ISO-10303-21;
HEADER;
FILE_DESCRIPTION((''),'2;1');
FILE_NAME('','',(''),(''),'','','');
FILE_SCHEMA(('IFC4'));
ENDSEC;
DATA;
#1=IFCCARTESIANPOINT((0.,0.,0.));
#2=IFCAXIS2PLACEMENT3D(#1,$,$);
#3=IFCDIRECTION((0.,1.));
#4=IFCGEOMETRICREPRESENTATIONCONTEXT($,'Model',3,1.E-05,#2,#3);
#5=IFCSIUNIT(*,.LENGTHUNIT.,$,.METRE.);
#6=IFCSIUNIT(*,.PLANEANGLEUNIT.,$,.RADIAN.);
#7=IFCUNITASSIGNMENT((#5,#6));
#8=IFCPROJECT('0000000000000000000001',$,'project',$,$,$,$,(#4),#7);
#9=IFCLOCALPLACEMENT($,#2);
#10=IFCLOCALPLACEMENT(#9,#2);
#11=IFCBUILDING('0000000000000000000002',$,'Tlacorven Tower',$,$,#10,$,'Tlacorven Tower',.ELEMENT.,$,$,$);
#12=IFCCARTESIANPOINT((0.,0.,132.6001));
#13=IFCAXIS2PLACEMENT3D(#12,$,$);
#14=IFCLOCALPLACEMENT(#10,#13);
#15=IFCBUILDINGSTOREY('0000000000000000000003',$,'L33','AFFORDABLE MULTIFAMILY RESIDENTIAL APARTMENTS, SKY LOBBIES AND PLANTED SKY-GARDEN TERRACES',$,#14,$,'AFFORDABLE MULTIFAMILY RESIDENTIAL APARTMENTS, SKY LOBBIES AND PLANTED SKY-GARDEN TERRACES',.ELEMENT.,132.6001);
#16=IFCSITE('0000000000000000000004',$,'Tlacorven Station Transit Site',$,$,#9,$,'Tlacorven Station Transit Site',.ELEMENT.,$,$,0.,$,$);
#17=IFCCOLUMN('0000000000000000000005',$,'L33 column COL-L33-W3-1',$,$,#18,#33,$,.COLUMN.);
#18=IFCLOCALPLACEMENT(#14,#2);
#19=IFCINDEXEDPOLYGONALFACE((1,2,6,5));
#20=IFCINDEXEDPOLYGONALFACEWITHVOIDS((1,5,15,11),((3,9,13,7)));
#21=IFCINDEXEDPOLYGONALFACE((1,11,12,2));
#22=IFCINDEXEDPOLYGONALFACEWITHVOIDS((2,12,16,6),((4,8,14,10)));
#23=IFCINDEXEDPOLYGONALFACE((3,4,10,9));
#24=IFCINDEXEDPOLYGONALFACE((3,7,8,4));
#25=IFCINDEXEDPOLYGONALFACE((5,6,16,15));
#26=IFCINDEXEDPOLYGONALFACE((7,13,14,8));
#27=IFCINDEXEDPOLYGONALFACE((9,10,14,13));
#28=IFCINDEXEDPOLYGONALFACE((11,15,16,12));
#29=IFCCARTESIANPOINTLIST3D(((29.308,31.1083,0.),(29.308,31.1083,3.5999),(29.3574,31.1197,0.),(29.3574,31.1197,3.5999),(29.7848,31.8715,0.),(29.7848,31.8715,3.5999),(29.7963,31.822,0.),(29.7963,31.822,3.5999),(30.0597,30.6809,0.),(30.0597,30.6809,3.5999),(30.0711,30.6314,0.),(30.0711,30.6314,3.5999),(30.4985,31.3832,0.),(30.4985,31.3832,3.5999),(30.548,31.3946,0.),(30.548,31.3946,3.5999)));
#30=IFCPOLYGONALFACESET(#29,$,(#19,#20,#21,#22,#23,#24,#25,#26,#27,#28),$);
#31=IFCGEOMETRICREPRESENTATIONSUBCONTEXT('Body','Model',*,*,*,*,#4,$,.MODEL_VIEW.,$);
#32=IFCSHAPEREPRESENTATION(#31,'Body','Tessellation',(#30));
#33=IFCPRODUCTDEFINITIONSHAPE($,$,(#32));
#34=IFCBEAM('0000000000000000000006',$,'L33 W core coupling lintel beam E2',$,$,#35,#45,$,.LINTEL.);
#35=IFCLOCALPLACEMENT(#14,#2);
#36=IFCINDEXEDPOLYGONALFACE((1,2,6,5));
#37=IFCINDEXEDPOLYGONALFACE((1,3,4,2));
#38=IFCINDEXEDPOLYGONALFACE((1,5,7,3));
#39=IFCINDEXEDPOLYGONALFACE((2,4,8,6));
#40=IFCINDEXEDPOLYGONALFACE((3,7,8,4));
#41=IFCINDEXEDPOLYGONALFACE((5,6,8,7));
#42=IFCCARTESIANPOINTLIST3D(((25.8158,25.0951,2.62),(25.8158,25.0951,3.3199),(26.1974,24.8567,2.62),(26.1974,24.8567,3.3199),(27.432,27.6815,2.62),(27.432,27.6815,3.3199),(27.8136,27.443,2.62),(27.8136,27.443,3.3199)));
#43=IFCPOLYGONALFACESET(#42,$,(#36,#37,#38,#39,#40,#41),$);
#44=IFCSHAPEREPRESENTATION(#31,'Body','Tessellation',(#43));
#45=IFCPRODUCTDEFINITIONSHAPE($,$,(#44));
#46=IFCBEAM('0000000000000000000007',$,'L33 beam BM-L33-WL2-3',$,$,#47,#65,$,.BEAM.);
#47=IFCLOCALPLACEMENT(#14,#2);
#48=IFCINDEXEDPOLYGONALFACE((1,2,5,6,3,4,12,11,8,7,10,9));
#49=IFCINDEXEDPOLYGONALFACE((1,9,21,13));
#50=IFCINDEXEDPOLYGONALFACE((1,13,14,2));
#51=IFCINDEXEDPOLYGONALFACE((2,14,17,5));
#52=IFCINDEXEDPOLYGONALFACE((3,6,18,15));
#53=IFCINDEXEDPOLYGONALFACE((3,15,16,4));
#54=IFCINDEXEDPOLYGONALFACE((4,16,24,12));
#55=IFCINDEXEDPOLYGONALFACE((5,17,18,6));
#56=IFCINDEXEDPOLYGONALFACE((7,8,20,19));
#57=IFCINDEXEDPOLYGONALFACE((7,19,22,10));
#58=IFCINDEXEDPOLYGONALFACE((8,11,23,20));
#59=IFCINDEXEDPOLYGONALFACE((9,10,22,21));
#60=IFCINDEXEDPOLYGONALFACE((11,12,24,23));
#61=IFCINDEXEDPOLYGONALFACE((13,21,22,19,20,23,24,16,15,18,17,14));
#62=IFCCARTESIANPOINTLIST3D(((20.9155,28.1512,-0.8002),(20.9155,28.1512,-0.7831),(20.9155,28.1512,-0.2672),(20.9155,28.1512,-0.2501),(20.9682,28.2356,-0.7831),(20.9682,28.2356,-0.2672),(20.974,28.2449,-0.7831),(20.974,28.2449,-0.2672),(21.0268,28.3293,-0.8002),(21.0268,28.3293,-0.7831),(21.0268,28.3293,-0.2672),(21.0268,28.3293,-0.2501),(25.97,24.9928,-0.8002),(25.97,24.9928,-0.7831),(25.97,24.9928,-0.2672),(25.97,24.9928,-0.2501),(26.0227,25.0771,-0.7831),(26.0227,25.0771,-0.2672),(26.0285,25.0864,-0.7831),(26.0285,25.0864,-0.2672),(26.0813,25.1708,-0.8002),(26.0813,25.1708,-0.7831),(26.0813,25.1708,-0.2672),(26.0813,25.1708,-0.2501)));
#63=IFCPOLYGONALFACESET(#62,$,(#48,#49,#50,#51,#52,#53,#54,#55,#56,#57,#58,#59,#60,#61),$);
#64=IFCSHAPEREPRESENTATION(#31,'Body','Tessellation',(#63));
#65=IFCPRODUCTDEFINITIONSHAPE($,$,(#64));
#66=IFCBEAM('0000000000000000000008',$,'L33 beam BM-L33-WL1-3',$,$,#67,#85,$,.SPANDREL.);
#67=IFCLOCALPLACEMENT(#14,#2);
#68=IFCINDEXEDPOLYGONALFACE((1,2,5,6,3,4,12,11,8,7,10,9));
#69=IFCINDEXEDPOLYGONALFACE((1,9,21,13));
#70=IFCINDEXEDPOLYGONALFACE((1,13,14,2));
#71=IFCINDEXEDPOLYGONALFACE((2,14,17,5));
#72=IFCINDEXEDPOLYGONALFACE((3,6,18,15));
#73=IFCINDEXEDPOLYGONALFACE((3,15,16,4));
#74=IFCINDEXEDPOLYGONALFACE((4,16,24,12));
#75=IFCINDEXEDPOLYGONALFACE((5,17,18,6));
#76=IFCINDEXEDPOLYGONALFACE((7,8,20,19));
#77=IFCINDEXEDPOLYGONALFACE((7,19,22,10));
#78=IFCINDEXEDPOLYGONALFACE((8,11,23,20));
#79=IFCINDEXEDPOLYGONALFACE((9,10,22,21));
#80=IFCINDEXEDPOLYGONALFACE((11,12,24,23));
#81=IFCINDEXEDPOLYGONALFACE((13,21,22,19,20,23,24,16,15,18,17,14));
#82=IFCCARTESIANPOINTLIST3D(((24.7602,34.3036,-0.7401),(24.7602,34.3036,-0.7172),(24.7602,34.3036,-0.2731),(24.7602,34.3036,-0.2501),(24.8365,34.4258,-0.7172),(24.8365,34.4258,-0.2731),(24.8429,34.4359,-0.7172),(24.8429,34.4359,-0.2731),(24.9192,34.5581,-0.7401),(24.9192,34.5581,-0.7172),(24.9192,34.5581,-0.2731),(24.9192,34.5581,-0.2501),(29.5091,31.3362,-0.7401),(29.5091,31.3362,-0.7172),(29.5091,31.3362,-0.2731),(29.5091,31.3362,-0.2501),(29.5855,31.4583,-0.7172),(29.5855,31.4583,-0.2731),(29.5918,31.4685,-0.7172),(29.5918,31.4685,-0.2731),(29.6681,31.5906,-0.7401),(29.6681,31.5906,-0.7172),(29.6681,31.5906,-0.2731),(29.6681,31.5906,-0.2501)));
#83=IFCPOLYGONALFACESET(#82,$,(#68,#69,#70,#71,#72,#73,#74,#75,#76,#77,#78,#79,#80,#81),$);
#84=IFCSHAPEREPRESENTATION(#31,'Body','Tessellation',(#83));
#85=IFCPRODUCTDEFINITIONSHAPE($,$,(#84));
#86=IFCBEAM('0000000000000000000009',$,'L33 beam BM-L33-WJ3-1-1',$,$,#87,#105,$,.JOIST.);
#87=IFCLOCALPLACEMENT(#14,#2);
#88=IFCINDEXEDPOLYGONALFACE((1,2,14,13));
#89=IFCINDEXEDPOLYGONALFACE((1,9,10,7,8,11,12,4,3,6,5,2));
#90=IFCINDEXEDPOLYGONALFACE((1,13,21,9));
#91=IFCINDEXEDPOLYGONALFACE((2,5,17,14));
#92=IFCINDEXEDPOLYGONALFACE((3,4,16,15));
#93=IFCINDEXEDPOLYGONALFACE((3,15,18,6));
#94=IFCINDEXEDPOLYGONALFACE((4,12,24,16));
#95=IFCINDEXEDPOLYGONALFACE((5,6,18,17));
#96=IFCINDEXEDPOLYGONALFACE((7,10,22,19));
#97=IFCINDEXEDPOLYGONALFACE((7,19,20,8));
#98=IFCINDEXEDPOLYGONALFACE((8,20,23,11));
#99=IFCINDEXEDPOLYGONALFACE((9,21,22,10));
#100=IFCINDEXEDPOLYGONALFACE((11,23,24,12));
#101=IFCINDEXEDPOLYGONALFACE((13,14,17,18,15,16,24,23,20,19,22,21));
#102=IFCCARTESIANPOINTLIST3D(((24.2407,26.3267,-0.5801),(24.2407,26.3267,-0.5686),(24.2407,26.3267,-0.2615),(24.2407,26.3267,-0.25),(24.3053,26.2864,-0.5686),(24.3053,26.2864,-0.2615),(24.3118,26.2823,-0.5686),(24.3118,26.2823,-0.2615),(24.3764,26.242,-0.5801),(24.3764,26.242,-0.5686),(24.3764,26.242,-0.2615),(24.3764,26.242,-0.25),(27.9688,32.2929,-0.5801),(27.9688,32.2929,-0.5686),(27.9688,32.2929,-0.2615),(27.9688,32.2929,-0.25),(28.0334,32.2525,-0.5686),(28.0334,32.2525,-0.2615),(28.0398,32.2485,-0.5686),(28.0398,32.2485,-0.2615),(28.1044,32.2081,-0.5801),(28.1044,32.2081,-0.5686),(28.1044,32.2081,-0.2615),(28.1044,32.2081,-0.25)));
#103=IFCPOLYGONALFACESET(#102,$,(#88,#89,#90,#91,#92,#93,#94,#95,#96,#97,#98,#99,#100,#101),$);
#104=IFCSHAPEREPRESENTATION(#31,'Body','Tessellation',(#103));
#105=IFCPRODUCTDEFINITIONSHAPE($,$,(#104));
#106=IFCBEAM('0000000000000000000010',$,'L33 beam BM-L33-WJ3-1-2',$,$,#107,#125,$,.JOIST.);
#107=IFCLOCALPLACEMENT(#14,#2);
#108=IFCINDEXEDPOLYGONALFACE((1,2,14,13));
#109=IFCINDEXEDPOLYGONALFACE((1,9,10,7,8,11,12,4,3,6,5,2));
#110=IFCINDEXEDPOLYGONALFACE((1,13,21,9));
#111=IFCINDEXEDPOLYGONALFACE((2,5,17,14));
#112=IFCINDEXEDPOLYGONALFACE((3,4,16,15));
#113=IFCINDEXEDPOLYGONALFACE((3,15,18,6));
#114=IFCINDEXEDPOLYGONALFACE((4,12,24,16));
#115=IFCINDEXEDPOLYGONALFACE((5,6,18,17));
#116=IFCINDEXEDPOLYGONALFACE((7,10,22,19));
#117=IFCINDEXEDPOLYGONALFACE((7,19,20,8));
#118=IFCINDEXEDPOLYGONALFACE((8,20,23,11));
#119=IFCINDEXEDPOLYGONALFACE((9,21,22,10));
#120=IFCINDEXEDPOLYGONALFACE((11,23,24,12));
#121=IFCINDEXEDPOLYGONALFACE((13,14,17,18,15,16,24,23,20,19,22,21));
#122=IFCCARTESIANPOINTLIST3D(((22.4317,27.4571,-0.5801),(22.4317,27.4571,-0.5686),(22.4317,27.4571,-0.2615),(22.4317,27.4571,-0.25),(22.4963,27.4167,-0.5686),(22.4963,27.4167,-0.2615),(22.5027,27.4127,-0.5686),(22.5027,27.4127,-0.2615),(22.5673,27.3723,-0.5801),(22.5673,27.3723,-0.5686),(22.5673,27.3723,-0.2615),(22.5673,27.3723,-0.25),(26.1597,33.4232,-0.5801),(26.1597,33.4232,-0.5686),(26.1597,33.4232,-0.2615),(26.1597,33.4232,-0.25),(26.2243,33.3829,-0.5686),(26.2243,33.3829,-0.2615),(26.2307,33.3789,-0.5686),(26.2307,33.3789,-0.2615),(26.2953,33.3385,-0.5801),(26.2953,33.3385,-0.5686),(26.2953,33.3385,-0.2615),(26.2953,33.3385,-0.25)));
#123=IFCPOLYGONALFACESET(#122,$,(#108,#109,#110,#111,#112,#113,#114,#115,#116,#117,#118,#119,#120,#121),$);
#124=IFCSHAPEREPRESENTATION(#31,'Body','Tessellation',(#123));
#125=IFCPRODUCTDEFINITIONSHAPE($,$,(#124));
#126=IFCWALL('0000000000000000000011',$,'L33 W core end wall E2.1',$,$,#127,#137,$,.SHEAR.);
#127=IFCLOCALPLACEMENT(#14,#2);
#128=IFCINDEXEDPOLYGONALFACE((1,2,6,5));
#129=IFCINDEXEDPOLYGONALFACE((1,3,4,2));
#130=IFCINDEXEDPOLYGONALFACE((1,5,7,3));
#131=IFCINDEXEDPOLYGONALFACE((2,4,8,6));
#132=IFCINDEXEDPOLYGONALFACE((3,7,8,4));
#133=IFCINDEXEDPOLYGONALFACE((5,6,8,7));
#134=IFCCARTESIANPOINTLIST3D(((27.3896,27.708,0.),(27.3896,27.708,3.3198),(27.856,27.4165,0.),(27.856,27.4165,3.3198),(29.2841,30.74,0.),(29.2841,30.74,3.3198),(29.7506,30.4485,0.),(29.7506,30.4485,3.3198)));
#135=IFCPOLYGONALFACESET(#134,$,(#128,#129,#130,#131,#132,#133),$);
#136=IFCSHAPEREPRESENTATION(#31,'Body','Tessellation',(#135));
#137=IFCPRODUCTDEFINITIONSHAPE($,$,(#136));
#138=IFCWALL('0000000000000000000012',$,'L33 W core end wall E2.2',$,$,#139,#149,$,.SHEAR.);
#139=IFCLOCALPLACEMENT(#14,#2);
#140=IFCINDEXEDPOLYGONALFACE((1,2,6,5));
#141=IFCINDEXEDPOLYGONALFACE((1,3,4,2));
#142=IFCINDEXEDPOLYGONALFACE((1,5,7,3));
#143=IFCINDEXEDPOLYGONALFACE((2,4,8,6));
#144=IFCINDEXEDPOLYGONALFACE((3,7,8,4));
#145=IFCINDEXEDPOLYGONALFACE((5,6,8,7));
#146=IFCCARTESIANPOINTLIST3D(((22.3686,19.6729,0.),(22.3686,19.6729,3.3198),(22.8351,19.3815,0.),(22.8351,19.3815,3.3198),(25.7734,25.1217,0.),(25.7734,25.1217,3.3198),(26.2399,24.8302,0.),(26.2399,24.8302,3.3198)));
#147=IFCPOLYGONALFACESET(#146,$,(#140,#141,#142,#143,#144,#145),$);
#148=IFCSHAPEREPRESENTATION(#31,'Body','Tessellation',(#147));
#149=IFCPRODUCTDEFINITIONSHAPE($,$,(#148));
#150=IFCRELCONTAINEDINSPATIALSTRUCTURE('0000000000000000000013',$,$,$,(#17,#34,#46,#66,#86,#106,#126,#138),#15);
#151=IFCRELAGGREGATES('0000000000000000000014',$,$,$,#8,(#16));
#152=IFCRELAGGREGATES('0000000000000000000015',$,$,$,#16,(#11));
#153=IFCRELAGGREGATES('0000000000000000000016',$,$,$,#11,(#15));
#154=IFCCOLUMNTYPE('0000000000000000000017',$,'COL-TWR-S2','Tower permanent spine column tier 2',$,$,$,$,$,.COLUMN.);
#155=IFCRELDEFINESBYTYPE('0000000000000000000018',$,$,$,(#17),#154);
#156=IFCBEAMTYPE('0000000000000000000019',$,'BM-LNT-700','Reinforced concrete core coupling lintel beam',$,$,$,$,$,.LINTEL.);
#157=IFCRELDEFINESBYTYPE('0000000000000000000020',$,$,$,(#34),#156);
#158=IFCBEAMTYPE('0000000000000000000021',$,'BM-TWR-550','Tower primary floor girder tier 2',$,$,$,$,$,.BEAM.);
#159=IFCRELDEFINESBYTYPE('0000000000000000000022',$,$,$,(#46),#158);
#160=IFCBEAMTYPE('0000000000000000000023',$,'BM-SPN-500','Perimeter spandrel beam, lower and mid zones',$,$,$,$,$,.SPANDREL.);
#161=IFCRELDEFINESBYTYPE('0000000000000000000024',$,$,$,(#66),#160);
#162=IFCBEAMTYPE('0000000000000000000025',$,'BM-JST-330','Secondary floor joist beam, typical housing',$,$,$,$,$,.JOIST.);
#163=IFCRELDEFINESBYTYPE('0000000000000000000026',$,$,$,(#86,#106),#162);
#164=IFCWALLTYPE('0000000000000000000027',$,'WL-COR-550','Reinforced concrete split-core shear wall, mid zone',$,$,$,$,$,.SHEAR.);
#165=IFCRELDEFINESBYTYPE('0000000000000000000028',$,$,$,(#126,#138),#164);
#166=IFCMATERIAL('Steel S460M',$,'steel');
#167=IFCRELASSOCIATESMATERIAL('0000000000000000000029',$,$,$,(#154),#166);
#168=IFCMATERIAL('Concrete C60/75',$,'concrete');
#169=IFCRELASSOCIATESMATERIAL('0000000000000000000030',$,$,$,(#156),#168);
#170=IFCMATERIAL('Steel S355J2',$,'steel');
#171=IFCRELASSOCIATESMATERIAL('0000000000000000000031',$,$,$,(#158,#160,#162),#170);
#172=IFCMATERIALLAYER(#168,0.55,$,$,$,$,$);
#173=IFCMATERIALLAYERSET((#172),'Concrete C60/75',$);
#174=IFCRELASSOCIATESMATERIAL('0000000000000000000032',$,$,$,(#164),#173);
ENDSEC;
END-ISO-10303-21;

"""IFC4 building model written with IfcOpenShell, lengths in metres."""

from ifc_helpers import new_model, si_unit, direction, frame, frame_2d, origin, origin_2d, place, context, subcontext, project, spatial, rectangle, hollow_rectangle, i_section, extrude, source, transform, mapped, material, layer, layer_set, material_profile, profile_set, type_object, element, save


model = new_model("IFC4")

# Units and contexts
model_context = context("Model", 3, precision=1e-05, world=origin(), true_north=direction((0.0, 1.0)))
body_context = subcontext(model_context, "Body", "Model", "MODEL_VIEW")
ifc_project = project(units=[si_unit("LENGTHUNIT", "METRE"), si_unit("PLANEANGLEUNIT", "RADIAN")], contexts=[model_context])

# Site, building, storey
site_placement = place(None, origin())
site = spatial("IfcSite", under=ifc_project, at=site_placement, Name="Tlacorven Station Transit Site", LongName="Tlacorven Station Transit Site", CompositionType="ELEMENT", RefElevation=0.0)
building_placement = place(site_placement, origin())
building = spatial("IfcBuilding", under=site, at=building_placement, Name="Tlacorven Tower", LongName="Tlacorven Tower", CompositionType="ELEMENT")
storey_placement = place(building_placement, frame((0.0, 0.0, 132.6001)))
storey = spatial("IfcBuildingStorey", under=building, at=storey_placement, Name="L33", Description="AFFORDABLE MULTIFAMILY RESIDENTIAL APARTMENTS, SKY LOBBIES AND PLANTED SKY-GARDEN TERRACES", LongName="AFFORDABLE MULTIFAMILY RESIDENTIAL APARTMENTS, SKY LOBBIES AND PLANTED SKY-GARDEN TERRACES", CompositionType="ELEMENT", Elevation=132.6001)

# Column
ifc_material_1 = material(Name="Steel S460M", Category="steel")
ifc_material_profile_1 = material_profile(ifc_material_1, hollow_rectangle(XDim=0.8999, YDim=0.8999, WallThickness=0.0359, at=origin_2d()), Name="BOX 900X900X36")
ifc_profile_set_1 = profile_set([ifc_material_profile_1], Name="Steel S460M")
column_type = type_object("IfcColumnType", Name="COL-TWR-S2", Description="Tower permanent spine column tier 2", PredefinedType="COLUMN", material=ifc_profile_set_1)
shared_shape_1 = source(origin(), body_context, "Body", "SweptSolid", [
    extrude(hollow_rectangle(XDim=0.8999, YDim=0.8999, WallThickness=0.0359, at=origin_2d()), origin(), (0.0, 0.0, 1.0), 3.5999),
])
column_placement = place(storey_placement, frame((29.928, 31.2515, 0.0), z_axis=(0.0, 0.0, 1.0), x_axis=(-0.848048, 0.529919, 0.0)))
element("IfcColumn", 1, at=column_placement, inside=storey, type_object=column_type, Name="L33 column COL-L33-W3-1", PredefinedType="COLUMN", context=body_context, shape_type="MappedRepresentation", body=[
    mapped(shared_shape_1, transform((0.0, 0.0, 0.0), scale=1.0)),
])

# Beams
ifc_material_2 = material(Name="Concrete C60/75", Category="concrete")
ifc_material_profile_2 = material_profile(ifc_material_2, rectangle(XDim=0.45, YDim=0.7, at=origin_2d()), Name="RC 450X700")
ifc_profile_set_2 = profile_set([ifc_material_profile_2], Name="Concrete C60/75")
beam_type_1 = type_object("IfcBeamType", Name="BM-LNT-700", Description="Reinforced concrete core coupling lintel beam", PredefinedType="LINTEL", material=ifc_profile_set_2)
shared_shape_2 = source(origin(), body_context, "Body", "SweptSolid", [
    extrude(rectangle(XDim=0.45, YDim=0.7, at=origin_2d()), origin(), (0.0, 0.0, 1.0), 3.0498),
])
beam_1_placement = place(storey_placement, frame((27.6228, 27.5623, 2.97), z_axis=(-0.529927, -0.848043, 0.0), x_axis=(0.848043, -0.529927, 0.0)))
element("IfcBeam", 2, at=beam_1_placement, inside=storey, type_object=beam_type_1, Name="L33 W core coupling lintel beam E2", PredefinedType="LINTEL", context=body_context, shape_type="MappedRepresentation", body=[
    mapped(shared_shape_2, transform((0.0, 0.0, 0.0), scale=1.0)),
])
ifc_material_3 = material(Name="Steel S355J2", Category="steel")
ifc_material_profile_3 = material_profile(ifc_material_3, i_section(OverallWidth=0.21, OverallDepth=0.55, WebThickness=0.011, FlangeThickness=0.0171, at=origin_2d()), Name="IPE 550")
ifc_profile_set_3 = profile_set([ifc_material_profile_3], Name="Steel S355J2")
beam_type_2 = type_object("IfcBeamType", Name="BM-TWR-550", Description="Tower primary floor girder tier 2", PredefinedType="BEAM", material=ifc_profile_set_3)
shared_shape_3 = source(origin(), body_context, "Body", "SweptSolid", [
    extrude(i_section(OverallWidth=0.21, OverallDepth=0.55, WebThickness=0.011, FlangeThickness=0.0171, at=origin_2d()), origin(), (0.0, 0.0, 1.0), 5.9602),
])
beam_2_placement = place(storey_placement, frame((26.0256, 25.0818, -0.5251), z_axis=(-0.848042, 0.529929, 0.0), x_axis=(-0.529929, -0.848042, 0.0)))
element("IfcBeam", 3, at=beam_2_placement, inside=storey, type_object=beam_type_2, Name="L33 beam BM-L33-WL2-3", PredefinedType="BEAM", context=body_context, shape_type="MappedRepresentation", body=[
    mapped(shared_shape_3, transform((0.0, 0.0, 0.0), scale=1.0)),
])
ifc_material_profile_4 = material_profile(ifc_material_3, i_section(OverallWidth=0.3, OverallDepth=0.49, WebThickness=0.012, FlangeThickness=0.0229, at=origin_2d()), Name="HEA 500")
ifc_profile_set_4 = profile_set([ifc_material_profile_4], Name="Steel S355J2")
beam_type_3 = type_object("IfcBeamType", Name="BM-SPN-500", Description="Perimeter spandrel beam, lower and mid zones", PredefinedType="SPANDREL", material=ifc_profile_set_4)
shared_shape_4 = source(origin(), body_context, "Body", "SweptSolid", [
    extrude(i_section(OverallWidth=0.3, OverallDepth=0.49, WebThickness=0.012, FlangeThickness=0.0229, at=origin_2d()), origin(), (0.0, 0.0, 1.0), 5.5999),
])
beam_3_placement = place(storey_placement, frame((29.5886, 31.4634, -0.4951), z_axis=(-0.848047, 0.529921, 0.0), x_axis=(-0.529921, -0.848047, 0.0)))
element("IfcBeam", 4, at=beam_3_placement, inside=storey, type_object=beam_type_3, Name="L33 beam BM-L33-WL1-3", PredefinedType="SPANDREL", context=body_context, shape_type="MappedRepresentation", body=[
    mapped(shared_shape_4, transform((0.0, 0.0, 0.0), scale=1.0)),
])
ifc_material_profile_5 = material_profile(ifc_material_3, i_section(OverallWidth=0.1599, OverallDepth=0.3301, WebThickness=0.0076, FlangeThickness=0.0115, at=origin_2d()), Name="IPE 330")
ifc_profile_set_5 = profile_set([ifc_material_profile_5], Name="Steel S355J2")
beam_type_4 = type_object("IfcBeamType", Name="BM-JST-330", Description="Secondary floor joist beam, typical housing", PredefinedType="JOIST", material=ifc_profile_set_5)
shared_shape_5 = source(origin(), body_context, "Body", "SweptSolid", [
    extrude(i_section(OverallWidth=0.1599, OverallDepth=0.3301, WebThickness=0.0076, FlangeThickness=0.0115, at=origin_2d()), origin(), (0.0, 0.0, 1.0), 7.0352),
])
for number, where, z_axis, x_axis, name in (
    (5, (28.0366, 32.2505, -0.415), (-0.529921, -0.848047, 0.0), (0.848047, -0.529921, 0.0), "L33 beam BM-L33-WJ3-1-1"),
    (6, (26.2275, 33.3809, -0.415), (-0.529921, -0.848047, 0.0), (0.848047, -0.529921, 0.0), "L33 beam BM-L33-WJ3-1-2"),
):
    element("IfcBeam", number, at=place(storey_placement, frame(where, z_axis=z_axis, x_axis=x_axis)), inside=storey, type_object=beam_type_4, Name=name, PredefinedType="JOIST", context=body_context, shape_type="MappedRepresentation", body=[
        mapped(shared_shape_5, transform((0.0, 0.0, 0.0), scale=1.0)),
    ])

# Walls
ifc_layer_1 = layer(ifc_material_2, 0.55)
ifc_layer_set_1 = layer_set([ifc_layer_1], Name="Concrete C60/75")
wall_type_1 = type_object("IfcWallType", Name="WL-COR-550", Description="Reinforced concrete split-core shear wall, mid zone", PredefinedType="SHEAR", material=ifc_layer_set_1)
wall_1_placement = place(storey_placement, frame((29.5173, 30.5942, 0.0), z_axis=(0.0, 0.0, 1.0), x_axis=(-0.529907, -0.848056, 0.0)))
element("IfcWall", 7, at=wall_1_placement, inside=storey, type_object=wall_type_1, Name="L33 W core end wall E2.1", PredefinedType="SHEAR", context=body_context, shape_type="SweptSolid", body=[
    extrude(rectangle(XDim=3.5752, YDim=0.55, at=frame_2d((1.7876, 0.0))), origin(), (0.0, 0.0, 1.0), 3.3198),
])
wall_2_placement = place(storey_placement, frame((26.0066, 24.9758, 0.0), z_axis=(0.0, 0.0, 1.0), x_axis=(-0.529924, -0.848045, 0.0)))
element("IfcWall", 8, at=wall_2_placement, inside=storey, type_object=wall_type_1, Name="L33 W core end wall E2.2", PredefinedType="SHEAR", context=body_context, shape_type="SweptSolid", body=[
    extrude(rectangle(XDim=6.425, YDim=0.55, at=frame_2d((3.2124, 0.0))), origin(), (0.0, 0.0, 1.0), 3.3198),
])

save(model, "model.ifc")
